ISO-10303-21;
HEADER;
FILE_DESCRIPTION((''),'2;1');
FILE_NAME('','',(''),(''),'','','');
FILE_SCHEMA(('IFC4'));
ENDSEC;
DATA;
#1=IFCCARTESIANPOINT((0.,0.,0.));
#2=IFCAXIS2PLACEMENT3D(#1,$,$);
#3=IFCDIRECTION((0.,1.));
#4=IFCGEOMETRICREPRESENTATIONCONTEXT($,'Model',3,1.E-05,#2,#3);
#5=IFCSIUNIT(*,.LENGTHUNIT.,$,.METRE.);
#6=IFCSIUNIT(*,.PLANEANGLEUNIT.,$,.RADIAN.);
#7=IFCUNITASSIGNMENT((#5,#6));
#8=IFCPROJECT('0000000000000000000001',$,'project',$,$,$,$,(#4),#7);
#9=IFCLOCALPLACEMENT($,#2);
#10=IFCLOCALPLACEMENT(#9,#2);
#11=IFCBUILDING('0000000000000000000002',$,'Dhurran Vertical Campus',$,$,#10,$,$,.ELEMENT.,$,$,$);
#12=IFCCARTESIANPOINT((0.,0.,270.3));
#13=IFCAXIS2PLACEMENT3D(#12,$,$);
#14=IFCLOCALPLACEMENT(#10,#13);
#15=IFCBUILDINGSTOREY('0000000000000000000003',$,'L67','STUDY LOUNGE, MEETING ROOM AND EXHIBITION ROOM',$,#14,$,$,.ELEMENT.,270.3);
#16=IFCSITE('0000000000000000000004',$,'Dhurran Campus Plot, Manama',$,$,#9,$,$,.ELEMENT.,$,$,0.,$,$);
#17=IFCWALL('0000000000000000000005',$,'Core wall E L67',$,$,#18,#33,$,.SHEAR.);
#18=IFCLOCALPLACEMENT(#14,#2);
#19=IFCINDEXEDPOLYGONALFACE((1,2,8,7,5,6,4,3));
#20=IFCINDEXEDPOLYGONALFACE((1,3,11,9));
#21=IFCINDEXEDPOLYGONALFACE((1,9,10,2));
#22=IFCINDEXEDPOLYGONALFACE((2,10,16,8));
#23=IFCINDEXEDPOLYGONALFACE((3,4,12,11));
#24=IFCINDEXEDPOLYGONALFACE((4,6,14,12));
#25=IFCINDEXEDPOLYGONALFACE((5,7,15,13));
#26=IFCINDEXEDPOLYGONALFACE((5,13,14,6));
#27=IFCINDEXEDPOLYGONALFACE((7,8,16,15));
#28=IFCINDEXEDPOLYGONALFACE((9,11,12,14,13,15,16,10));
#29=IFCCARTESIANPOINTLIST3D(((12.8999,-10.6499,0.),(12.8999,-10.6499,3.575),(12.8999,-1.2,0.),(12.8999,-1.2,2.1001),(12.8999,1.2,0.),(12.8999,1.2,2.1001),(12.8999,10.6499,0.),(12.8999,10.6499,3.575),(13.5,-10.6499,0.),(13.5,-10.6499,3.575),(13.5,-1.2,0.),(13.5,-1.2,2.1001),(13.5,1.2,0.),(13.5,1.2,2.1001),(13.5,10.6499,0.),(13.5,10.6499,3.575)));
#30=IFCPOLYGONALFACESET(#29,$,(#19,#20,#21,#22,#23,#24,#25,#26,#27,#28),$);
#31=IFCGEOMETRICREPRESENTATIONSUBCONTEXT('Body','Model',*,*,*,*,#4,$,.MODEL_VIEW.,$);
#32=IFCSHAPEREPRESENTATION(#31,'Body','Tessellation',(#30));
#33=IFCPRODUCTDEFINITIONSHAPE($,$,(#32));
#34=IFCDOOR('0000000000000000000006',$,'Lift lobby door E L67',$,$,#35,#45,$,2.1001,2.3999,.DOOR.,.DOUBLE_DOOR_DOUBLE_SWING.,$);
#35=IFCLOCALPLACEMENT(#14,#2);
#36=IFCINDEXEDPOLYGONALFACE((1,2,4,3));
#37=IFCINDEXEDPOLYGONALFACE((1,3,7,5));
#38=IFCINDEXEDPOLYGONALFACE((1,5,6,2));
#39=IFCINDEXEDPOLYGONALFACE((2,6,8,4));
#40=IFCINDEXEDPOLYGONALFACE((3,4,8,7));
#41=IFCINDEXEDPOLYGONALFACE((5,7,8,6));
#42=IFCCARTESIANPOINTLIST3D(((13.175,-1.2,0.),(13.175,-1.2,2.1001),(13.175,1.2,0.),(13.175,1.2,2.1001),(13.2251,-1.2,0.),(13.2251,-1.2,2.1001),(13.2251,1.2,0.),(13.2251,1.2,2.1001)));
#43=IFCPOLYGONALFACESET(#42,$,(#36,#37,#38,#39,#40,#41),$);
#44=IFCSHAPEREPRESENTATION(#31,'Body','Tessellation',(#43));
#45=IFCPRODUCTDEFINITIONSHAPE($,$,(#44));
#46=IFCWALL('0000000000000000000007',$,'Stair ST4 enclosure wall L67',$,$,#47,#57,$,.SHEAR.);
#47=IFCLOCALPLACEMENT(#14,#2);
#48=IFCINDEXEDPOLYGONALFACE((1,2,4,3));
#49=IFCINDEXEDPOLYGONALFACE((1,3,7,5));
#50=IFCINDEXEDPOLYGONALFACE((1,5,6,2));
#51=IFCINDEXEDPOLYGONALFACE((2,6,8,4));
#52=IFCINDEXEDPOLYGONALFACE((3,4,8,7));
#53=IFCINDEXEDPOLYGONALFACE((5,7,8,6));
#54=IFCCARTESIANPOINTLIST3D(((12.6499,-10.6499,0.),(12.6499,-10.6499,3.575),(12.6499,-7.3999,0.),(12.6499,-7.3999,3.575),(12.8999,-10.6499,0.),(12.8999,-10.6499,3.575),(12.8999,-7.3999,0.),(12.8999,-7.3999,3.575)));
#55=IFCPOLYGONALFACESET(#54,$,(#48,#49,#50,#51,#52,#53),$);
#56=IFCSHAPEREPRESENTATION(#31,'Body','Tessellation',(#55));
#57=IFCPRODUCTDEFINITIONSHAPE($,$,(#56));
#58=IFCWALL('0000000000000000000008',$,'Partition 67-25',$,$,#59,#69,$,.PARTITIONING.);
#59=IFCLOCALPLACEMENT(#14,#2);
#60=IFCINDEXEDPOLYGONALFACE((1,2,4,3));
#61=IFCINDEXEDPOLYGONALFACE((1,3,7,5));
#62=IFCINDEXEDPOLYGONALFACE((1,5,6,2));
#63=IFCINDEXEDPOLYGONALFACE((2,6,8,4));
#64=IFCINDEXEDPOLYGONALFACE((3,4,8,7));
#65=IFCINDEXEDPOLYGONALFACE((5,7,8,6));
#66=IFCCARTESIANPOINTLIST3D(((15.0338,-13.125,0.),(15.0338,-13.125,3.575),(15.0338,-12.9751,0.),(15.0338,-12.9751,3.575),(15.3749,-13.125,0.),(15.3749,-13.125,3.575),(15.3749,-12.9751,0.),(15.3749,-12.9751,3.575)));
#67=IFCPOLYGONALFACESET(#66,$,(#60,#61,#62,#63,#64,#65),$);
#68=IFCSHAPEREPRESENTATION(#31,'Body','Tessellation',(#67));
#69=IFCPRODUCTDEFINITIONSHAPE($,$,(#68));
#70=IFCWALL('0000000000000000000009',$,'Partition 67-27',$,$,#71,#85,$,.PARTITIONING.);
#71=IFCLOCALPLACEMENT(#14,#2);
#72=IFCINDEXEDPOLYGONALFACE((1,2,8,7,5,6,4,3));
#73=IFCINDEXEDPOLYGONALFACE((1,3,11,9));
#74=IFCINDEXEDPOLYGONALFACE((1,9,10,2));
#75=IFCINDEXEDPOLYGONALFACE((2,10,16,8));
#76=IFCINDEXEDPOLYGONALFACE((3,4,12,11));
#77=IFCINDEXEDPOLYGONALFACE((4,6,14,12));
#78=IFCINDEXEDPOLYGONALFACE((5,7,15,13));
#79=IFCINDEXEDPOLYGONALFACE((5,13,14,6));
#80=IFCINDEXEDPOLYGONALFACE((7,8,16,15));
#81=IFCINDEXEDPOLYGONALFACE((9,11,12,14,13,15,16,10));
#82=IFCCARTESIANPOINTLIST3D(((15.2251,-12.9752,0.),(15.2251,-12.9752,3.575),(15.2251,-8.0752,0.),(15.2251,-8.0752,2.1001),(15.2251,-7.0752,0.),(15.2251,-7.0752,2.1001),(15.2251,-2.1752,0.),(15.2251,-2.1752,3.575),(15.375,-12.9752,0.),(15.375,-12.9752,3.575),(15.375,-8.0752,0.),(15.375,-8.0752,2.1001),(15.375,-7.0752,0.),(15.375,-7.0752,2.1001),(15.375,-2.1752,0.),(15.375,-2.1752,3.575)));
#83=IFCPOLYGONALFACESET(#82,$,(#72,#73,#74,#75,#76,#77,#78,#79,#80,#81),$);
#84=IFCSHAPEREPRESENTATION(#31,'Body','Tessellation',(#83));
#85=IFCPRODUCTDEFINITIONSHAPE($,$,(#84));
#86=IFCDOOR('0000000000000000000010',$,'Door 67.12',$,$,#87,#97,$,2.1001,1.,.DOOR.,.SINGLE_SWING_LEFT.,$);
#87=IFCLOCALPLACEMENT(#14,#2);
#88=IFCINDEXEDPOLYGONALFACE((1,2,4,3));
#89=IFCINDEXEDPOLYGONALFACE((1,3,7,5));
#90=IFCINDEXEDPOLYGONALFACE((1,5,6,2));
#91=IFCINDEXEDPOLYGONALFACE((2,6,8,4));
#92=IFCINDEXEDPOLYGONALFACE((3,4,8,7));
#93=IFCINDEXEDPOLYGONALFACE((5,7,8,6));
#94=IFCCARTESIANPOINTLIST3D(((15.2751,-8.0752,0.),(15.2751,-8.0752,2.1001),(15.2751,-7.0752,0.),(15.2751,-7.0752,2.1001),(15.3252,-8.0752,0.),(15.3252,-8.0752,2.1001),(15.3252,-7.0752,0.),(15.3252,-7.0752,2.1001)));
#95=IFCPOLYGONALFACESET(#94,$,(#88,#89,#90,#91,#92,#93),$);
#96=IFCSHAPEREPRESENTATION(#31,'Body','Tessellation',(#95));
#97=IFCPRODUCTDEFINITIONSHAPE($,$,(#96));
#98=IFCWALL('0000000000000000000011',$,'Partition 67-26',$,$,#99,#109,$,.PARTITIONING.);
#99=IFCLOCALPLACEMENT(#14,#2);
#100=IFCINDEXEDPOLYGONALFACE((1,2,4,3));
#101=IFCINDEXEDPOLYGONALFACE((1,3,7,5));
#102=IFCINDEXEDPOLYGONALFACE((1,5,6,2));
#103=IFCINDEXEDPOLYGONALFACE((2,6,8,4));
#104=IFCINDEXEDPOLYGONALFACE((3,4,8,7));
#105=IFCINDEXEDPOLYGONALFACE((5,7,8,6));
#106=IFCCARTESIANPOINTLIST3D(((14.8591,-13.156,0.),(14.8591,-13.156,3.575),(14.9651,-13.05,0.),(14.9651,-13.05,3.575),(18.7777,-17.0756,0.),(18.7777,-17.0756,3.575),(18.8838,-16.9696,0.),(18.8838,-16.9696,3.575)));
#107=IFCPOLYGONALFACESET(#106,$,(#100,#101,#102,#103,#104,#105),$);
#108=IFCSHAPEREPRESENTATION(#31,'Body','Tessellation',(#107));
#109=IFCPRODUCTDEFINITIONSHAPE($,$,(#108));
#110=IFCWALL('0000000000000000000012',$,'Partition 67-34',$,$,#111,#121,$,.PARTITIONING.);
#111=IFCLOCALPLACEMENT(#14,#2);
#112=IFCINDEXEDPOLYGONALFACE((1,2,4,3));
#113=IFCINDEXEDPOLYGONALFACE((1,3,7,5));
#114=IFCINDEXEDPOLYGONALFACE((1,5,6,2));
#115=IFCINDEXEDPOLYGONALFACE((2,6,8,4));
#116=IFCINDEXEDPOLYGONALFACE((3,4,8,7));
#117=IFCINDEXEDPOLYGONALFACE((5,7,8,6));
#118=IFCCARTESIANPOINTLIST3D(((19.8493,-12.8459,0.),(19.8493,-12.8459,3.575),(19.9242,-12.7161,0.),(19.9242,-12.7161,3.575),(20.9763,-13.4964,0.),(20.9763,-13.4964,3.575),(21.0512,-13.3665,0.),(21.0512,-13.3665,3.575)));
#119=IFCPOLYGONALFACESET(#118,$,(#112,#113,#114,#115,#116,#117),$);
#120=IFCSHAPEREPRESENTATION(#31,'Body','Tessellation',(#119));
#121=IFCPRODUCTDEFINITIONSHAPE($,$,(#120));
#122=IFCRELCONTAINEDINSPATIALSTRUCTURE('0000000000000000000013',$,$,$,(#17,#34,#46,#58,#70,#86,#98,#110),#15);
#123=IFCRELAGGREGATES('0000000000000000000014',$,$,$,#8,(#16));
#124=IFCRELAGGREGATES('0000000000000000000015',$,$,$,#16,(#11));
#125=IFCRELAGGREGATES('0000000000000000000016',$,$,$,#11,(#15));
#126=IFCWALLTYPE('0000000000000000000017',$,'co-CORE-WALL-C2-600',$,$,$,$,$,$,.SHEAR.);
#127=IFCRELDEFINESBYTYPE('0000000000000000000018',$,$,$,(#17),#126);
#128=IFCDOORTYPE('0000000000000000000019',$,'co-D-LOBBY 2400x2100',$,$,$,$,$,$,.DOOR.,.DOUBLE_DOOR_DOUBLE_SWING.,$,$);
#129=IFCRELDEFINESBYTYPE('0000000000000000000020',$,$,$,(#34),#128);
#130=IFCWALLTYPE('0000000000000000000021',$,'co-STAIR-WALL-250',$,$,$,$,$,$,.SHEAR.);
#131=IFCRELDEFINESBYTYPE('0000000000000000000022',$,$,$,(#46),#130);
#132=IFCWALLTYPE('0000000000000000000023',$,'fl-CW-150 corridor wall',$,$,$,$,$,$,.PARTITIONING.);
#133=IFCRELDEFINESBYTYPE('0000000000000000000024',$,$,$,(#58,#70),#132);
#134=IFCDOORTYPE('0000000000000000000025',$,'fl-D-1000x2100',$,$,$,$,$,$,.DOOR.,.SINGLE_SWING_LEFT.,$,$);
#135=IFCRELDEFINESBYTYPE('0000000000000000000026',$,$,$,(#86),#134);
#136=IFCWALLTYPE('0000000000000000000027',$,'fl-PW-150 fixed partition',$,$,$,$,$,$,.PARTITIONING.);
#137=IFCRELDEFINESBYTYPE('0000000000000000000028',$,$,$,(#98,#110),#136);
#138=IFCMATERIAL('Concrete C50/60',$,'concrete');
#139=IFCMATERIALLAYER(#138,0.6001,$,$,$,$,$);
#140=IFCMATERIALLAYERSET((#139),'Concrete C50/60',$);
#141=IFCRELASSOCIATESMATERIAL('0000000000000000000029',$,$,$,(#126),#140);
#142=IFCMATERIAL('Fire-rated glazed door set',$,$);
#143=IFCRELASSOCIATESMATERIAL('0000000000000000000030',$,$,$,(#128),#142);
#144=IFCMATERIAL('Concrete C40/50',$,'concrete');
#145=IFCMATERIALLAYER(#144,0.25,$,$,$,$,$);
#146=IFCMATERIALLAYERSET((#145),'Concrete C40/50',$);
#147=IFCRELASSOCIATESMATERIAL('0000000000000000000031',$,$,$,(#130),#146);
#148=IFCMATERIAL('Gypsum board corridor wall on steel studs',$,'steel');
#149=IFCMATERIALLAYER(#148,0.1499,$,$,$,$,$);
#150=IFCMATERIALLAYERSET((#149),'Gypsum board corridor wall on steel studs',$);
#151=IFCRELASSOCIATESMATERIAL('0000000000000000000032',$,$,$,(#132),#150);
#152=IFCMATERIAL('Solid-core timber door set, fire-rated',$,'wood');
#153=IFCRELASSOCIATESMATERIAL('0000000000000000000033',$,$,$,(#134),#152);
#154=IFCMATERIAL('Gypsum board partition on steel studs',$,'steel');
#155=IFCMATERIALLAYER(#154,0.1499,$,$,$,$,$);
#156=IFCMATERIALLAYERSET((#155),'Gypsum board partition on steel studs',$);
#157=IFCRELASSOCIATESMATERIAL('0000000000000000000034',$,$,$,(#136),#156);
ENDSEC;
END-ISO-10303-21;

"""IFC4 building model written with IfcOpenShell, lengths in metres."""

from ifc_helpers import new_model, si_unit, direction, frame, frame_2d, origin, place, context, subcontext, project, spatial, rectangle, extrude, material, layer, layer_set, type_object, element, fill, save


model = new_model("IFC4")

# Units and contexts
model_context = context("Model", 3, precision=1e-05, world=origin(), true_north=direction((0.0, 1.0)))
body_context = subcontext(model_context, "Body", "Model", "MODEL_VIEW")
ifc_project = project(units=[si_unit("LENGTHUNIT", "METRE"), si_unit("PLANEANGLEUNIT", "RADIAN")], contexts=[model_context])

# Site, building, storey
site_placement = place(None, origin())
site = spatial("IfcSite", under=ifc_project, at=site_placement, Name="Dhurran Campus Plot, Manama", CompositionType="ELEMENT", RefElevation=0.0)
building_placement = place(site_placement, origin())
building = spatial("IfcBuilding", under=site, at=building_placement, Name="Dhurran Vertical Campus", CompositionType="ELEMENT")
storey_placement = place(building_placement, frame((0.0, 0.0, 270.3)))
storey = spatial("IfcBuildingStorey", under=building, at=storey_placement, Name="L67", Description="STUDY LOUNGE, MEETING ROOM AND EXHIBITION ROOM", CompositionType="ELEMENT", Elevation=270.3)

# Wall, opening, door
ifc_material_1 = material(Name="Concrete C50/60", Category="concrete")
ifc_layer_1 = layer(ifc_material_1, 0.6001)
ifc_layer_set_1 = layer_set([ifc_layer_1], Name="Concrete C50/60")
wall_type_1 = type_object("IfcWallType", Name="co-CORE-WALL-C2-600", PredefinedType="SHEAR", material=ifc_layer_set_1)
wall_1_placement = place(storey_placement, frame((13.2, -10.6499, 0.0), z_axis=(0.0, 0.0, 1.0), x_axis=(0.0, 1.0, 0.0)))
wall_1 = element("IfcWall", 1, at=wall_1_placement, inside=storey, type_object=wall_type_1, Name="Core wall E L67", PredefinedType="SHEAR", context=body_context, shape_type="SweptSolid", body=[
    extrude(rectangle(XDim=21.2998, YDim=0.6001, at=frame_2d((10.6499, 0.0))), origin(), (0.0, 0.0, 1.0), 3.575),
])
opening_1_placement = place(wall_1_placement, frame((9.45, 0.0, 0.0)))
opening_1 = element("IfcOpeningElement", 2, at=opening_1_placement, cuts=wall_1, PredefinedType="OPENING", context=body_context, shape_type="SweptSolid", body=[
    extrude(rectangle(XDim=2.3999, YDim=2.1001, at=frame_2d((1.2, 1.05))), frame((0.0, 0.3101, 0.0), z_axis=(0.0, -1.0, 0.0), x_axis=(1.0, 0.0, 0.0)), (0.0, 0.0, 1.0), 0.6201),
])
ifc_material_2 = material(Name="Fire-rated glazed door set")
door_type_1 = type_object("IfcDoorType", Name="co-D-LOBBY 2400x2100", OperationType="DOUBLE_DOOR_DOUBLE_SWING", PredefinedType="DOOR", material=ifc_material_2)
door_1_placement = place(opening_1_placement, origin())
door_1 = element("IfcDoor", 3, at=door_1_placement, inside=storey, type_object=door_type_1, Name="Lift lobby door E L67", OperationType="DOUBLE_DOOR_DOUBLE_SWING", OverallHeight=2.1001, OverallWidth=2.3999, PredefinedType="DOOR", context=body_context, shape_type="SweptSolid", body=[
    extrude(rectangle(XDim=2.3999, YDim=2.1001, at=frame_2d((1.2, 1.05))), frame((0.0, 0.0249, 0.0), z_axis=(0.0, -1.0, 0.0), x_axis=(1.0, 0.0, 0.0)), (0.0, 0.0, 1.0), 0.05),
])
fill(opening_1, door_1)

# Walls
ifc_material_3 = material(Name="Concrete C40/50", Category="concrete")
ifc_layer_2 = layer(ifc_material_3, 0.25)
ifc_layer_set_2 = layer_set([ifc_layer_2], Name="Concrete C40/50")
wall_type_2 = type_object("IfcWallType", Name="co-STAIR-WALL-250", PredefinedType="SHEAR", material=ifc_layer_set_2)
wall_2_placement = place(storey_placement, frame((12.7749, -10.6499, 0.0), z_axis=(0.0, 0.0, 1.0), x_axis=(0.0, 1.0, 0.0)))
element("IfcWall", 4, at=wall_2_placement, inside=storey, type_object=wall_type_2, Name="Stair ST4 enclosure wall L67", PredefinedType="SHEAR", context=body_context, shape_type="SweptSolid", body=[
    extrude(rectangle(XDim=3.25, YDim=0.25, at=frame_2d((1.625, 0.0))), origin(), (0.0, 0.0, 1.0), 3.575),
])
ifc_material_4 = material(Name="Gypsum board corridor wall on steel studs", Category="steel")
ifc_layer_3 = layer(ifc_material_4, 0.1499)
ifc_layer_set_3 = layer_set([ifc_layer_3], Name="Gypsum board corridor wall on steel studs")
wall_type_3 = type_object("IfcWallType", Name="fl-CW-150 corridor wall", PredefinedType="PARTITIONING", material=ifc_layer_set_3)
wall_3_placement = place(storey_placement, frame((15.0339, -13.05, 0.0), z_axis=(0.0, 0.0, 1.0), x_axis=(1.0, 0.0, 0.0)))
element("IfcWall", 5, at=wall_3_placement, inside=storey, type_object=wall_type_3, Name="Partition 67-25", PredefinedType="PARTITIONING", context=body_context, shape_type="SweptSolid", body=[
    extrude(rectangle(XDim=0.3411, YDim=0.1499, at=frame_2d((0.1704, 0.0))), origin(), (0.0, 0.0, 1.0), 3.575),
])

# Wall, opening, door
wall_4_placement = place(storey_placement, frame((15.3, -12.9751, 0.0), z_axis=(0.0, 0.0, 1.0), x_axis=(0.0, 1.0, 0.0)))
wall_4 = element("IfcWall", 6, at=wall_4_placement, inside=storey, type_object=wall_type_3, Name="Partition 67-27", PredefinedType="PARTITIONING", context=body_context, shape_type="SweptSolid", body=[
    extrude(rectangle(XDim=10.8, YDim=0.1499, at=frame_2d((5.3999, 0.0))), origin(), (0.0, 0.0, 1.0), 3.575),
])
opening_2_placement = place(wall_4_placement, frame((4.8999, 0.0, 0.0)))
opening_2 = element("IfcOpeningElement", 7, at=opening_2_placement, cuts=wall_4, PredefinedType="OPENING", context=body_context, shape_type="SweptSolid", body=[
    extrude(rectangle(XDim=1.0, YDim=2.1001, at=frame_2d((0.5, 1.05))), frame((0.0, 0.085, 0.0), z_axis=(0.0, -1.0, 0.0), x_axis=(1.0, 0.0, 0.0)), (0.0, 0.0, 1.0), 0.1699),
])
ifc_material_5 = material(Name="Solid-core timber door set, fire-rated", Category="wood")
door_type_2 = type_object("IfcDoorType", Name="fl-D-1000x2100", OperationType="SINGLE_SWING_LEFT", PredefinedType="DOOR", material=ifc_material_5)
door_2_placement = place(opening_2_placement, origin())
door_2 = element("IfcDoor", 8, at=door_2_placement, inside=storey, type_object=door_type_2, Name="Door 67.12", OperationType="SINGLE_SWING_LEFT", OverallHeight=2.1001, OverallWidth=1.0, PredefinedType="DOOR", context=body_context, shape_type="SweptSolid", body=[
    extrude(rectangle(XDim=1.0, YDim=2.1001, at=frame_2d((0.5, 1.05))), frame((0.0, 0.0249, 0.0), z_axis=(0.0, -1.0, 0.0), x_axis=(1.0, 0.0, 0.0)), (0.0, 0.0, 1.0), 0.05),
])
fill(opening_2, door_2)

# Walls
ifc_material_6 = material(Name="Gypsum board partition on steel studs", Category="steel")
ifc_layer_4 = layer(ifc_material_6, 0.1499)
ifc_layer_set_4 = layer_set([ifc_layer_4], Name="Gypsum board partition on steel studs")
wall_type_4 = type_object("IfcWallType", Name="fl-PW-150 fixed partition", PredefinedType="PARTITIONING", material=ifc_layer_set_4)
wall_5_placement = place(storey_placement, frame((14.9121, -13.103, 0.0), z_axis=(0.0, 0.0, 1.0), x_axis=(0.707019, -0.707195, 0.0)))
element("IfcWall", 9, at=wall_5_placement, inside=storey, type_object=wall_type_4, Name="Partition 67-26", PredefinedType="PARTITIONING", context=body_context, shape_type="SweptSolid", body=[
    extrude(rectangle(XDim=5.5425, YDim=0.1499, at=frame_2d((2.7712, 0.0))), origin(), (0.0, 0.0, 1.0), 3.575),
])
wall_6_placement = place(storey_placement, frame((19.8867, -12.781, 0.0), z_axis=(0.0, 0.0, 1.0), x_axis=(0.866111, -0.499852, 0.0)))
element("IfcWall", 10, at=wall_6_placement, inside=storey, type_object=wall_type_4, Name="Partition 67-34", PredefinedType="PARTITIONING", context=body_context, shape_type="SweptSolid", body=[
    extrude(rectangle(XDim=1.3013, YDim=0.1499, at=frame_2d((0.6506, 0.0))), origin(), (0.0, 0.0, 1.0), 3.575),
])

save(model, "model.ifc")
